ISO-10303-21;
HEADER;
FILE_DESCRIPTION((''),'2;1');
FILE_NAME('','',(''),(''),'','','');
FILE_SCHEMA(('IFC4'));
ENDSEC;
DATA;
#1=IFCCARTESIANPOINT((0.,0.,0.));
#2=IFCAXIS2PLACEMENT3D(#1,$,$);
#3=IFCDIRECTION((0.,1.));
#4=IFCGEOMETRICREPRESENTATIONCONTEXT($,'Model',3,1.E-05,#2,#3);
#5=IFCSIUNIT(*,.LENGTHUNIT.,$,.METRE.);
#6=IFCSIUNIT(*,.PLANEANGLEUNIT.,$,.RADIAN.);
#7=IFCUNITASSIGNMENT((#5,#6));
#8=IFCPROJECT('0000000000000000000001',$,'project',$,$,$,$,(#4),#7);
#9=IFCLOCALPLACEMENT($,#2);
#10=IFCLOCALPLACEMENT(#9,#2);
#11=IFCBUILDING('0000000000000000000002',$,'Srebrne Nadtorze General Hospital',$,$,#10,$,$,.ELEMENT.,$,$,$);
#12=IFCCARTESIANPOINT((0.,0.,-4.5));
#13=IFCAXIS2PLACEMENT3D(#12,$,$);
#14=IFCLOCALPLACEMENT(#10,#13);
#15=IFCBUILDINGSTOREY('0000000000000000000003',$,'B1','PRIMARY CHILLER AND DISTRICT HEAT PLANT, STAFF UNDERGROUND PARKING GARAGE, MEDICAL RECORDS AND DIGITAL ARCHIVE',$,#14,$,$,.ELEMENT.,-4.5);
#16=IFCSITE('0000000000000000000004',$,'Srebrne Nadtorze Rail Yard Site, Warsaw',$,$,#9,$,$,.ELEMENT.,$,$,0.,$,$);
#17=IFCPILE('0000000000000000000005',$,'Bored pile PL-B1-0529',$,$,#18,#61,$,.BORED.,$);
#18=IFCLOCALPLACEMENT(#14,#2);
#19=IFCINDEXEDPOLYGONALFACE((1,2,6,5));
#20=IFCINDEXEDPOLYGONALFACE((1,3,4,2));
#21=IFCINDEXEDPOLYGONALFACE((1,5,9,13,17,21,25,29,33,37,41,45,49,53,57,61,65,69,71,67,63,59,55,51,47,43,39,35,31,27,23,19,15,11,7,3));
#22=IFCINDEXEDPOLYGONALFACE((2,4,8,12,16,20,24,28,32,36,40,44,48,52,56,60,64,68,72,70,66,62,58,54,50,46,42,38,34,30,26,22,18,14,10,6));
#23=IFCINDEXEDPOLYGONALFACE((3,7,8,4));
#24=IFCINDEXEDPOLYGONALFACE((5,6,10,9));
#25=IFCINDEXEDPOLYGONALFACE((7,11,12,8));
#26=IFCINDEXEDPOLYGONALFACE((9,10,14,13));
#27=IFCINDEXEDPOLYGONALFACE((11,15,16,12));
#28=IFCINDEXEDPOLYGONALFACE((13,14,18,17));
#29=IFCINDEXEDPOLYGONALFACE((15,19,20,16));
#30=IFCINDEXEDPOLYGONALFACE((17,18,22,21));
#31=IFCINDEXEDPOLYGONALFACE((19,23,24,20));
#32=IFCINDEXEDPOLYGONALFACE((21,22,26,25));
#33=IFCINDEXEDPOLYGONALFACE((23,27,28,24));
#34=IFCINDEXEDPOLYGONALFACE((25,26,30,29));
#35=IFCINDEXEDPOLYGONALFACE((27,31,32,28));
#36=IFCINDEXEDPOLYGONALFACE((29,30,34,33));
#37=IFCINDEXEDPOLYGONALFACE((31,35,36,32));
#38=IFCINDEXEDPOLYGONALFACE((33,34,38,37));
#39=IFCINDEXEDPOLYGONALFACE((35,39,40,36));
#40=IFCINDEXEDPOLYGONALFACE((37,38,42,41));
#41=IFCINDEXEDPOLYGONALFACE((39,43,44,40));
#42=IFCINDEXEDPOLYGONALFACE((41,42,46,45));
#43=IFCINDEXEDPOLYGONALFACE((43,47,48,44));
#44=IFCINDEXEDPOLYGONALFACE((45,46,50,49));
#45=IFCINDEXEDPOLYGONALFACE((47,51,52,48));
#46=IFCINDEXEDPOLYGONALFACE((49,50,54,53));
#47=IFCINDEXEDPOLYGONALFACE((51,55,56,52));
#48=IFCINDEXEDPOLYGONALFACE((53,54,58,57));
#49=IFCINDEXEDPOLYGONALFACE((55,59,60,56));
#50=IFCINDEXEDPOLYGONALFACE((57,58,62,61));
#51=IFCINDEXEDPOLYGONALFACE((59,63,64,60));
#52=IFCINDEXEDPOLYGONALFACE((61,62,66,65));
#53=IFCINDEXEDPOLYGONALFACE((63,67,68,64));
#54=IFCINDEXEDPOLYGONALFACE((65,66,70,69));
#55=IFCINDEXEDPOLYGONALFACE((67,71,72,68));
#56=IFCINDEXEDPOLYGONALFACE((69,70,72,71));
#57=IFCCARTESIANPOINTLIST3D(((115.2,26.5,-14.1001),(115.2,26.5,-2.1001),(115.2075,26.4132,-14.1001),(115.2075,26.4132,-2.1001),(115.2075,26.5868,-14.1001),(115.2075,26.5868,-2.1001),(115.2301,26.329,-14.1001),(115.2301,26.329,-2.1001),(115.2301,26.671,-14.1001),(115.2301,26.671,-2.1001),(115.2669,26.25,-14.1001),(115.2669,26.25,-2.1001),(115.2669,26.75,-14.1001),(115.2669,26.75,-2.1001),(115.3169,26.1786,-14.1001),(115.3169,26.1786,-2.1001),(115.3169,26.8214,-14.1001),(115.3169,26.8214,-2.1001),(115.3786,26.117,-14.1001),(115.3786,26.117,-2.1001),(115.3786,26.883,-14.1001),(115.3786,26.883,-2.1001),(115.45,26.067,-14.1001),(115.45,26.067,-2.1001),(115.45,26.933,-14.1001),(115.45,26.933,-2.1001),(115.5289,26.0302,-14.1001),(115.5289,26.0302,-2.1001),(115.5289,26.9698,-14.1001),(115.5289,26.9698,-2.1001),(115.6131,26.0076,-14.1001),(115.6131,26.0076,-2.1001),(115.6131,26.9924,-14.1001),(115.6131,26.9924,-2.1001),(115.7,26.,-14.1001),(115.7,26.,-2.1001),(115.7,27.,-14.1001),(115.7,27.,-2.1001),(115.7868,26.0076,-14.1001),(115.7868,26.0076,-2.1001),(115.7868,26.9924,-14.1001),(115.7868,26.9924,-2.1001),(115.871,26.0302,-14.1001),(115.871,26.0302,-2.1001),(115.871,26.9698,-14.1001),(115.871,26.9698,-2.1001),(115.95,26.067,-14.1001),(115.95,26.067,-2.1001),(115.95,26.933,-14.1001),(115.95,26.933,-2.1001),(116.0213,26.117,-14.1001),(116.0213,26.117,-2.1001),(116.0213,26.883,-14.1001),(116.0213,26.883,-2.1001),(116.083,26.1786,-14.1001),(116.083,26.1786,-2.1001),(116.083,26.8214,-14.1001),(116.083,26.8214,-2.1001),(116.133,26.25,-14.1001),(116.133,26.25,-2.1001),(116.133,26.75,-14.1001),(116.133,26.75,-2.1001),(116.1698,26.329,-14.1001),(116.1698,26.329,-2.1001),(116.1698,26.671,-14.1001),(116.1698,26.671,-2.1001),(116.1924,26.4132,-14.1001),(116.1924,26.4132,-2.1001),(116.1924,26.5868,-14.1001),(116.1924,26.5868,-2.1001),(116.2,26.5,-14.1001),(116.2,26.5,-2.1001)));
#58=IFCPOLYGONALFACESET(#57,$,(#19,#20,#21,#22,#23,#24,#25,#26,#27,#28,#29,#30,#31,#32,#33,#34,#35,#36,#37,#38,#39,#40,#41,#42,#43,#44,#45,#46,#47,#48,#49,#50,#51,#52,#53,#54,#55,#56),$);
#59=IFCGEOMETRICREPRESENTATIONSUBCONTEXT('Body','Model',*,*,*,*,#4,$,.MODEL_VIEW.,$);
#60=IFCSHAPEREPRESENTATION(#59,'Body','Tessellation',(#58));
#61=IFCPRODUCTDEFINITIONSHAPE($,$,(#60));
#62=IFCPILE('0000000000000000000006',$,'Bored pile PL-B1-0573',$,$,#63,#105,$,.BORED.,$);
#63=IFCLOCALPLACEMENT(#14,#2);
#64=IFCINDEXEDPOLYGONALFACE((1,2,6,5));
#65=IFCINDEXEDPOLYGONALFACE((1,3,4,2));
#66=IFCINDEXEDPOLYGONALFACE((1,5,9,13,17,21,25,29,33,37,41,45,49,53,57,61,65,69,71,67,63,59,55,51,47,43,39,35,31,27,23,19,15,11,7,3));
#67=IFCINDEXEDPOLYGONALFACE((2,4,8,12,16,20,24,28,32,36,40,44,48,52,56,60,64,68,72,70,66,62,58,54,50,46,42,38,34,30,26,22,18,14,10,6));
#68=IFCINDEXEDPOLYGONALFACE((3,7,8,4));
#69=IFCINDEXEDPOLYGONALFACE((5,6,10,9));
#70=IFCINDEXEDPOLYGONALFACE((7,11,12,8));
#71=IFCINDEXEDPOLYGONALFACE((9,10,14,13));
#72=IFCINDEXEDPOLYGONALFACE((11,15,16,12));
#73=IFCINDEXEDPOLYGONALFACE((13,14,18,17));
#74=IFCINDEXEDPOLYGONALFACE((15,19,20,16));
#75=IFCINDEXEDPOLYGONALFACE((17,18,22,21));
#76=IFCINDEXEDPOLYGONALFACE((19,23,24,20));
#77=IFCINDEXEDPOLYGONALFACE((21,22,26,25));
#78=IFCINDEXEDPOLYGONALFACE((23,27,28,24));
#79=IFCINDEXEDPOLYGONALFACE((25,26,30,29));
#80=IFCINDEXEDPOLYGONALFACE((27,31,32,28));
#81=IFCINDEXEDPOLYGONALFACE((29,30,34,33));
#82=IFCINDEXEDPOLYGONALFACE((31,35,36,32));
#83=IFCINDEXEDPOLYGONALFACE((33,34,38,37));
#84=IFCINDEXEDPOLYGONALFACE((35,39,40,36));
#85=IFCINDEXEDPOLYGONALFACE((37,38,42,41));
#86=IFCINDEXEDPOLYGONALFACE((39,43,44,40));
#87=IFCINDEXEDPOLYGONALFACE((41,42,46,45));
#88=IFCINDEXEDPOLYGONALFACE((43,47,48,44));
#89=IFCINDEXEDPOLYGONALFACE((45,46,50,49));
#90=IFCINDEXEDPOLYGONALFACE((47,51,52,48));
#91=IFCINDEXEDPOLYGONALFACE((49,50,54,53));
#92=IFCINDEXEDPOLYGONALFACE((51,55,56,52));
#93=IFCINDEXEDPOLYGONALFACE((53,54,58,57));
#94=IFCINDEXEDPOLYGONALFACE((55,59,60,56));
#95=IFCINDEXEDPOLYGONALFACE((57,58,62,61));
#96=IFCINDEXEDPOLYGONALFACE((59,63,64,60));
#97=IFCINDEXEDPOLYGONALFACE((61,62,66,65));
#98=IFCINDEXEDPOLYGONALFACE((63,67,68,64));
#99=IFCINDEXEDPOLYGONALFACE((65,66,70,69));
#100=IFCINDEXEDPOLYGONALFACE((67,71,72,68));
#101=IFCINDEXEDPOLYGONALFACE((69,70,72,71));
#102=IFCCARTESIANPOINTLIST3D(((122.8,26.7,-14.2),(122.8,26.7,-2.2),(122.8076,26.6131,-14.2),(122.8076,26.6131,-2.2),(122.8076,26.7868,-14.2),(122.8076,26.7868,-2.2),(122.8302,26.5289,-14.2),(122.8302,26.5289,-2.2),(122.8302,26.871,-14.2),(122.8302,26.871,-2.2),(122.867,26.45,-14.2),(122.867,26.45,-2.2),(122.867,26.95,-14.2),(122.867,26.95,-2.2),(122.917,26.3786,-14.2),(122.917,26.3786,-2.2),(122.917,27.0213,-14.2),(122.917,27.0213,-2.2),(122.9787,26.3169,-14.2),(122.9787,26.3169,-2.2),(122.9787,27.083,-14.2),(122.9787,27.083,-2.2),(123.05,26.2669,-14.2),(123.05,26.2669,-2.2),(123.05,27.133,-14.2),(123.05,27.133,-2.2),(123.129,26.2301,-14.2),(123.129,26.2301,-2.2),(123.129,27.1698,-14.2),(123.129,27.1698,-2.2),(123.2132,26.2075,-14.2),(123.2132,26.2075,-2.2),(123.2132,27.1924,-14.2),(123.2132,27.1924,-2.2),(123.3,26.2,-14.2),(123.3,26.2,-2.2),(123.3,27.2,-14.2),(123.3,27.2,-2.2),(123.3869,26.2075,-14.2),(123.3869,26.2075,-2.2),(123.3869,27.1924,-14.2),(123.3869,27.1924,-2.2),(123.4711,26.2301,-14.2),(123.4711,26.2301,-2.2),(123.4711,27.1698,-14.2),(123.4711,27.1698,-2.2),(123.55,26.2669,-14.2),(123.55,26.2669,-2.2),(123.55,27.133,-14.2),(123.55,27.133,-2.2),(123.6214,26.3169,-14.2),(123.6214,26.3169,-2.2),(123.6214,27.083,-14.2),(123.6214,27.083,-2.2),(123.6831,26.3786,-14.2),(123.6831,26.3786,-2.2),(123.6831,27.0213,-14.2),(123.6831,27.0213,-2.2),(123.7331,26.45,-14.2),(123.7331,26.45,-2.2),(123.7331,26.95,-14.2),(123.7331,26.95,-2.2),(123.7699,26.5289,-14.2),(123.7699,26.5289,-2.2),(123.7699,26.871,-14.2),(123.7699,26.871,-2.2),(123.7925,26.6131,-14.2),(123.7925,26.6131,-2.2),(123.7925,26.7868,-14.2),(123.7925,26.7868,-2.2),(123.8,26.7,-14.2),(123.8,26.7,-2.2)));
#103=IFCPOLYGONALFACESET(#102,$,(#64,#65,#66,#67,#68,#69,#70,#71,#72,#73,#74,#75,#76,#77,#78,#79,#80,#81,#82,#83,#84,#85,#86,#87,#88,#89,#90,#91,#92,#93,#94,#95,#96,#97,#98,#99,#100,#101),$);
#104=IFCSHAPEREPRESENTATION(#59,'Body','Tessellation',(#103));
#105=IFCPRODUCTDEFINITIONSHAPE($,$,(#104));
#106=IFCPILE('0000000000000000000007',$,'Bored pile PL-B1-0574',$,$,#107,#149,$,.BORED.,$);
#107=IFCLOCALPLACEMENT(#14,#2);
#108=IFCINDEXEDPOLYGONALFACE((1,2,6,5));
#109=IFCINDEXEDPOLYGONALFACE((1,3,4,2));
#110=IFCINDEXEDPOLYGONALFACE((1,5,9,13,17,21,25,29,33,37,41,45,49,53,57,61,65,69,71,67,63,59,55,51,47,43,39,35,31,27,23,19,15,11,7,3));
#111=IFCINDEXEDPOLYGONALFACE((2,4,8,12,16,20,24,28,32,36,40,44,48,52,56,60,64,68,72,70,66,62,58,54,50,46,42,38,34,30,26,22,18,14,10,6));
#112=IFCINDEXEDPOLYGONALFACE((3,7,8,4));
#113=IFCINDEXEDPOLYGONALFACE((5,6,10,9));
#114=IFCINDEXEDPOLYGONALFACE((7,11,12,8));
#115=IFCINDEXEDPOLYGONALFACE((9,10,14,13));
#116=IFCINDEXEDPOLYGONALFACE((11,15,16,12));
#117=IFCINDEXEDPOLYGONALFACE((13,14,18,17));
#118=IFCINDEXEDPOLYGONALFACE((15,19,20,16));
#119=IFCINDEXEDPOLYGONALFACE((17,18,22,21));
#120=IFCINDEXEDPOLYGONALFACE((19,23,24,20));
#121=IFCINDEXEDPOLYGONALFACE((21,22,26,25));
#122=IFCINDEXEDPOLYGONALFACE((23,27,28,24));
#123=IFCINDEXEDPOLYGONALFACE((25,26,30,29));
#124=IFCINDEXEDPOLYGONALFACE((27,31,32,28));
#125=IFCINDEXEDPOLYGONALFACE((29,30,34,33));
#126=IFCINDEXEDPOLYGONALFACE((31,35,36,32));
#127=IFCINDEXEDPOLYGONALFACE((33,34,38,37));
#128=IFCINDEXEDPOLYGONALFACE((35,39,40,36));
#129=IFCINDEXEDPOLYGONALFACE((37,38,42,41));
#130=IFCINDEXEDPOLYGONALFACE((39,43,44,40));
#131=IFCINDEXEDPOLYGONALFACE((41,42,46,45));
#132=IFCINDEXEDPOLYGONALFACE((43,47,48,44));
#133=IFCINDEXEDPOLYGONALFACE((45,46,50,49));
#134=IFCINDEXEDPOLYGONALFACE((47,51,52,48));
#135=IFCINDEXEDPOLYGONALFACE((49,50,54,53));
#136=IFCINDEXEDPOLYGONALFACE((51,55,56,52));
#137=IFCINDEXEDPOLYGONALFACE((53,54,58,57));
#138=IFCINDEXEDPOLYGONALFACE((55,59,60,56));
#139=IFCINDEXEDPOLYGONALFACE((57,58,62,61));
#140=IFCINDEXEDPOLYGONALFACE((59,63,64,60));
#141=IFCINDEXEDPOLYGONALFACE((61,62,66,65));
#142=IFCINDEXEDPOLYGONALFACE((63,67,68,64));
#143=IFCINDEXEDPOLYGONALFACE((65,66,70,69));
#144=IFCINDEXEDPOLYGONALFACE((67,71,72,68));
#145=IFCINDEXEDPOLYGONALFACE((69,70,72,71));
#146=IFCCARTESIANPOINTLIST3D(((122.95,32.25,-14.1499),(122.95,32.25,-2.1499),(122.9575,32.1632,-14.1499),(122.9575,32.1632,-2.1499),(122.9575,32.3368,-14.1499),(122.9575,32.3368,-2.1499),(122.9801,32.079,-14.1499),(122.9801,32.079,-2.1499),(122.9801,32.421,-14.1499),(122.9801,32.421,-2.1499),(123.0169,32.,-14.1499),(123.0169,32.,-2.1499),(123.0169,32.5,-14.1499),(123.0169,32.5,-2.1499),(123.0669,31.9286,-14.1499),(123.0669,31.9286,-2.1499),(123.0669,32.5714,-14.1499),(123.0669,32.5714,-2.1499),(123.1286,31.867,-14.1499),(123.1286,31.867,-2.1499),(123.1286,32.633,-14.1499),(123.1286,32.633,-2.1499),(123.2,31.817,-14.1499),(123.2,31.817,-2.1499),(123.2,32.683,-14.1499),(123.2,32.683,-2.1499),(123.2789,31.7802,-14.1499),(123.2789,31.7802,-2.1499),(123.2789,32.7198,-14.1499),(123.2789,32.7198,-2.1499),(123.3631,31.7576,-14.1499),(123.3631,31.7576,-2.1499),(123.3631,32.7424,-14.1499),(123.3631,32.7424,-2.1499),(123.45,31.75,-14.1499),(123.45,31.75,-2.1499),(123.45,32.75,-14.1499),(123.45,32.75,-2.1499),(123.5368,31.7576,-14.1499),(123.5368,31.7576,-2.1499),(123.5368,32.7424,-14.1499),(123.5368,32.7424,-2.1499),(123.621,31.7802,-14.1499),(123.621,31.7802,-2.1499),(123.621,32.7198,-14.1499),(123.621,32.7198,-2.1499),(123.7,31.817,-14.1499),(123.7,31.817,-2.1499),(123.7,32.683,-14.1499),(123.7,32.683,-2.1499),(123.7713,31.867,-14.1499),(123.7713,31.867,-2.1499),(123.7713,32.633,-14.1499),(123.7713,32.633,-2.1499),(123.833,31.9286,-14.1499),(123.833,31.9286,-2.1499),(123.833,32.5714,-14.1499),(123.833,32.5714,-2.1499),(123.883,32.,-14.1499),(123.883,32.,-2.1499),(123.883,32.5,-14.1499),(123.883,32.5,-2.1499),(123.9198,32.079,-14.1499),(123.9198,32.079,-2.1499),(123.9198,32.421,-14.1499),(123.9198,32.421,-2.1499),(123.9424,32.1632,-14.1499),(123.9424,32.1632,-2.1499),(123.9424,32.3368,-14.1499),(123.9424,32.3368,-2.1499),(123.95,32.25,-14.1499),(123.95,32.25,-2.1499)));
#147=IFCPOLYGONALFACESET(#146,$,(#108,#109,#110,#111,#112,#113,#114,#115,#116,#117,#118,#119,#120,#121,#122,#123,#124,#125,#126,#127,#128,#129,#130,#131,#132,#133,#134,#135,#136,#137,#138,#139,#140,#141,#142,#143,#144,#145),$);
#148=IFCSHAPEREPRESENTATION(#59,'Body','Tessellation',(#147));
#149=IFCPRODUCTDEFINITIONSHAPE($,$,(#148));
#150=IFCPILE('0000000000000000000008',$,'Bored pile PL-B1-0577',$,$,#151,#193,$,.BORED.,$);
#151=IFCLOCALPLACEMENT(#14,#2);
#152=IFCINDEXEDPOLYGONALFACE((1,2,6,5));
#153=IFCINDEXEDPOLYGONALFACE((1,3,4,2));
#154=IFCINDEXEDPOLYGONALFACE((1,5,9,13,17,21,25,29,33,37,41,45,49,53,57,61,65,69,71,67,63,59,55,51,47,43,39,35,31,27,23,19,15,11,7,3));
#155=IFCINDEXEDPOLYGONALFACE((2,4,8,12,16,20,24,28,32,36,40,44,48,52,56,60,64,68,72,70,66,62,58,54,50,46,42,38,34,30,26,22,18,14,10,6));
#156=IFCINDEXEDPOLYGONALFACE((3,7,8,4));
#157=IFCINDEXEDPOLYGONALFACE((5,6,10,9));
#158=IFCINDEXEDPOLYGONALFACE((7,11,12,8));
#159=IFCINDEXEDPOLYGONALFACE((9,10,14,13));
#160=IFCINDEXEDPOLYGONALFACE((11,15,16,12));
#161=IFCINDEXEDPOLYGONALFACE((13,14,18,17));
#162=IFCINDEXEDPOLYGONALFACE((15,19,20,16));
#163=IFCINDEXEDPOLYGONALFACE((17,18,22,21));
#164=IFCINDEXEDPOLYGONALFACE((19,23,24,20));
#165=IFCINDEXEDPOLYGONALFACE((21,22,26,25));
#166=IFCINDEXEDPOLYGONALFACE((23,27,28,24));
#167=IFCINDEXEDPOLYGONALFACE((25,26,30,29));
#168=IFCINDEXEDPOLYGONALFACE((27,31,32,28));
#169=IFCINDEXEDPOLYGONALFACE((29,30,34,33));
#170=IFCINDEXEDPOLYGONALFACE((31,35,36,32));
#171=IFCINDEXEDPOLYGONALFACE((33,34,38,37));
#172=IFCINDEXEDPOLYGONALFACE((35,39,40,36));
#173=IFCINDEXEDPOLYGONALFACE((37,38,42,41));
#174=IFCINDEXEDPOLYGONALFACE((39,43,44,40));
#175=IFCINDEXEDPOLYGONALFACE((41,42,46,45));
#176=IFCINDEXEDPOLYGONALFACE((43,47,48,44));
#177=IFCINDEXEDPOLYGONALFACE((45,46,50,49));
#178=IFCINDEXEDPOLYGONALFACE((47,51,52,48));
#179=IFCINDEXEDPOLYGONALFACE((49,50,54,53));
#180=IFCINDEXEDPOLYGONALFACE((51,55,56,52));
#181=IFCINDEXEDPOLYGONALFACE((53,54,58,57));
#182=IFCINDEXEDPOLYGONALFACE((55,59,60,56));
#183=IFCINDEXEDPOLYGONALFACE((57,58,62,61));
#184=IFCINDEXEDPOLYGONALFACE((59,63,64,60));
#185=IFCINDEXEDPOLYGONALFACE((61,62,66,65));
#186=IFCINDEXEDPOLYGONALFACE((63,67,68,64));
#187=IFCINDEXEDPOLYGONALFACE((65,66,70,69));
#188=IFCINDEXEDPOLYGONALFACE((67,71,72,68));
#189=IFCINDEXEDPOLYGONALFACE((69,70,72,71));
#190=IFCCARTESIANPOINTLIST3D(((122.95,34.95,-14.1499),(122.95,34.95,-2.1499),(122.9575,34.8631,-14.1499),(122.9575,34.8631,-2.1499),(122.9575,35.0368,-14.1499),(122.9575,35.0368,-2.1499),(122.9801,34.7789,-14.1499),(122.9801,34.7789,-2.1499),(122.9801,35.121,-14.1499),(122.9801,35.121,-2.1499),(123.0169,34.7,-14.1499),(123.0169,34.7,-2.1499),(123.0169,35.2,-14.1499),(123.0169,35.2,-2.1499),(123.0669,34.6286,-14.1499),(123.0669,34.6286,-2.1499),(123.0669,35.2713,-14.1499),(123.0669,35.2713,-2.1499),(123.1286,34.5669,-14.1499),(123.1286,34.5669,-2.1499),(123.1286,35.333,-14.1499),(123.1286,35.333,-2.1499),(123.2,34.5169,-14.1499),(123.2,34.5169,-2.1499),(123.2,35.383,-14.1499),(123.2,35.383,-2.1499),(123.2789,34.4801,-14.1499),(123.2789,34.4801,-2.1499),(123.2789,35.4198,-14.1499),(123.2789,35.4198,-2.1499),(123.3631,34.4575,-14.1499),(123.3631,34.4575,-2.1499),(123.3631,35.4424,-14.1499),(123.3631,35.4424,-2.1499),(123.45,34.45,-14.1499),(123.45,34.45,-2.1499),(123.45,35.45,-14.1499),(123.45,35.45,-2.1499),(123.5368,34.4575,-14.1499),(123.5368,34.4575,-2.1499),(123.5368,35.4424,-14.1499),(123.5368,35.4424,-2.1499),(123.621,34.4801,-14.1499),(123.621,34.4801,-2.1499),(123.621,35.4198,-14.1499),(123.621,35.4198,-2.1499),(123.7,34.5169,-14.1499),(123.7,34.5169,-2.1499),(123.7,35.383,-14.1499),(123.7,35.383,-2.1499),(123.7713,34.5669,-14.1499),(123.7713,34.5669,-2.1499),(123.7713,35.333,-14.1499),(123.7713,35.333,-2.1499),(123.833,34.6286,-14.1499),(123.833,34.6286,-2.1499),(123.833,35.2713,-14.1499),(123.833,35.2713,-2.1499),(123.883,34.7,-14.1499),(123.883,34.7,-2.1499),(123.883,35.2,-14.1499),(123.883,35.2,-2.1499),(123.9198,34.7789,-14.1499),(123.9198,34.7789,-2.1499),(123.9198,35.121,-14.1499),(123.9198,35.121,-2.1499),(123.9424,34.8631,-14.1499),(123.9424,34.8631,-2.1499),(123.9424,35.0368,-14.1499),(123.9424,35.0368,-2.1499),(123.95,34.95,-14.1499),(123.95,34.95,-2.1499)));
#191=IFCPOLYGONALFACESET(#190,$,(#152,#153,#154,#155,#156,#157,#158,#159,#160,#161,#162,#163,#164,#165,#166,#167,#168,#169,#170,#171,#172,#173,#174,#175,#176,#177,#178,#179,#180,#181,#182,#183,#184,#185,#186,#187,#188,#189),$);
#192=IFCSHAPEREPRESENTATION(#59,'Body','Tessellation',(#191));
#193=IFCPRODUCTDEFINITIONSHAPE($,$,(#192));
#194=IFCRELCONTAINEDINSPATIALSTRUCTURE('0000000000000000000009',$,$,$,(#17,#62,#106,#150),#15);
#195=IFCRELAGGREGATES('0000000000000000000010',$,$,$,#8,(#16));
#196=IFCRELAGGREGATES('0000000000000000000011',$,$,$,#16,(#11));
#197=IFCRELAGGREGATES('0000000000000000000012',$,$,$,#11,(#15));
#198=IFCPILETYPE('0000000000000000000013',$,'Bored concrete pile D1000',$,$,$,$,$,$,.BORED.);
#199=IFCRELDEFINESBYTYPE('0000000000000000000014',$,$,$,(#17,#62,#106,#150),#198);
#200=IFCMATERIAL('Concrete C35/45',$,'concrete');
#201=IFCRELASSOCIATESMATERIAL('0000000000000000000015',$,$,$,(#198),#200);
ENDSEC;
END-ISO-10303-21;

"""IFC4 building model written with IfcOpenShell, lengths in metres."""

from ifc_helpers import new_model, si_unit, direction, frame, origin, origin_2d, place, context, subcontext, project, spatial, circle, extrude, material, material_profile, profile_set, type_object, element, save


model = new_model("IFC4")

# Units and contexts
model_context = context("Model", 3, precision=1e-05, world=origin(), true_north=direction((0.0, 1.0)))
body_context = subcontext(model_context, "Body", "Model", "MODEL_VIEW")
ifc_project = project(units=[si_unit("LENGTHUNIT", "METRE"), si_unit("PLANEANGLEUNIT", "RADIAN")], contexts=[model_context])

# Site, building, storey
site_placement = place(None, origin())
site = spatial("IfcSite", under=ifc_project, at=site_placement, Name="Srebrne Nadtorze Rail Yard Site, Warsaw", CompositionType="ELEMENT", RefElevation=0.0)
building_placement = place(site_placement, origin())
building = spatial("IfcBuilding", under=site, at=building_placement, Name="Srebrne Nadtorze General Hospital", CompositionType="ELEMENT")
storey_placement = place(building_placement, frame((0.0, 0.0, -4.5)))
storey = spatial("IfcBuildingStorey", under=building, at=storey_placement, Name="B1", Description="PRIMARY CHILLER AND DISTRICT HEAT PLANT, STAFF UNDERGROUND PARKING GARAGE, MEDICAL RECORDS AND DIGITAL ARCHIVE", CompositionType="ELEMENT", Elevation=-4.5)

# Piles
ifc_material_1 = material(Name="Concrete C35/45", Category="concrete")
ifc_material_profile_1 = material_profile(ifc_material_1, circle(Radius=0.5, at=origin_2d()), Name="PILE-D1000")
ifc_profile_set_1 = profile_set([ifc_material_profile_1], Name="Concrete C35/45")
pile_type_1 = type_object("IfcPileType", Name="Bored concrete pile D1000", PredefinedType="BORED", material=ifc_profile_set_1)
for number, where, z_axis, x_axis, name in (
    (1, (115.7, 26.5, -2.1001), (0.0, 0.0, -1.0), (1.0, 0.0, 0.0), "Bored pile PL-B1-0529"),
    (2, (123.3, 26.7, -2.2), (0.0, 0.0, -1.0), (1.0, 0.0, 0.0), "Bored pile PL-B1-0573"),
    (3, (123.45, 32.25, -2.1499), (0.0, 0.0, -1.0), (1.0, 0.0, 0.0), "Bored pile PL-B1-0574"),
    (4, (123.45, 34.95, -2.1499), (0.0, 0.0, -1.0), (1.0, 0.0, 0.0), "Bored pile PL-B1-0577"),
):
    element("IfcPile", number, at=place(storey_placement, frame(where, z_axis=z_axis, x_axis=x_axis)), inside=storey, type_object=pile_type_1, Name=name, PredefinedType="BORED", context=body_context, shape_type="SweptSolid", body=[
        extrude(circle(Radius=0.5, at=origin_2d()), origin(), (0.0, 0.0, 1.0), 12.0),
    ])

save(model, "model.ifc")
